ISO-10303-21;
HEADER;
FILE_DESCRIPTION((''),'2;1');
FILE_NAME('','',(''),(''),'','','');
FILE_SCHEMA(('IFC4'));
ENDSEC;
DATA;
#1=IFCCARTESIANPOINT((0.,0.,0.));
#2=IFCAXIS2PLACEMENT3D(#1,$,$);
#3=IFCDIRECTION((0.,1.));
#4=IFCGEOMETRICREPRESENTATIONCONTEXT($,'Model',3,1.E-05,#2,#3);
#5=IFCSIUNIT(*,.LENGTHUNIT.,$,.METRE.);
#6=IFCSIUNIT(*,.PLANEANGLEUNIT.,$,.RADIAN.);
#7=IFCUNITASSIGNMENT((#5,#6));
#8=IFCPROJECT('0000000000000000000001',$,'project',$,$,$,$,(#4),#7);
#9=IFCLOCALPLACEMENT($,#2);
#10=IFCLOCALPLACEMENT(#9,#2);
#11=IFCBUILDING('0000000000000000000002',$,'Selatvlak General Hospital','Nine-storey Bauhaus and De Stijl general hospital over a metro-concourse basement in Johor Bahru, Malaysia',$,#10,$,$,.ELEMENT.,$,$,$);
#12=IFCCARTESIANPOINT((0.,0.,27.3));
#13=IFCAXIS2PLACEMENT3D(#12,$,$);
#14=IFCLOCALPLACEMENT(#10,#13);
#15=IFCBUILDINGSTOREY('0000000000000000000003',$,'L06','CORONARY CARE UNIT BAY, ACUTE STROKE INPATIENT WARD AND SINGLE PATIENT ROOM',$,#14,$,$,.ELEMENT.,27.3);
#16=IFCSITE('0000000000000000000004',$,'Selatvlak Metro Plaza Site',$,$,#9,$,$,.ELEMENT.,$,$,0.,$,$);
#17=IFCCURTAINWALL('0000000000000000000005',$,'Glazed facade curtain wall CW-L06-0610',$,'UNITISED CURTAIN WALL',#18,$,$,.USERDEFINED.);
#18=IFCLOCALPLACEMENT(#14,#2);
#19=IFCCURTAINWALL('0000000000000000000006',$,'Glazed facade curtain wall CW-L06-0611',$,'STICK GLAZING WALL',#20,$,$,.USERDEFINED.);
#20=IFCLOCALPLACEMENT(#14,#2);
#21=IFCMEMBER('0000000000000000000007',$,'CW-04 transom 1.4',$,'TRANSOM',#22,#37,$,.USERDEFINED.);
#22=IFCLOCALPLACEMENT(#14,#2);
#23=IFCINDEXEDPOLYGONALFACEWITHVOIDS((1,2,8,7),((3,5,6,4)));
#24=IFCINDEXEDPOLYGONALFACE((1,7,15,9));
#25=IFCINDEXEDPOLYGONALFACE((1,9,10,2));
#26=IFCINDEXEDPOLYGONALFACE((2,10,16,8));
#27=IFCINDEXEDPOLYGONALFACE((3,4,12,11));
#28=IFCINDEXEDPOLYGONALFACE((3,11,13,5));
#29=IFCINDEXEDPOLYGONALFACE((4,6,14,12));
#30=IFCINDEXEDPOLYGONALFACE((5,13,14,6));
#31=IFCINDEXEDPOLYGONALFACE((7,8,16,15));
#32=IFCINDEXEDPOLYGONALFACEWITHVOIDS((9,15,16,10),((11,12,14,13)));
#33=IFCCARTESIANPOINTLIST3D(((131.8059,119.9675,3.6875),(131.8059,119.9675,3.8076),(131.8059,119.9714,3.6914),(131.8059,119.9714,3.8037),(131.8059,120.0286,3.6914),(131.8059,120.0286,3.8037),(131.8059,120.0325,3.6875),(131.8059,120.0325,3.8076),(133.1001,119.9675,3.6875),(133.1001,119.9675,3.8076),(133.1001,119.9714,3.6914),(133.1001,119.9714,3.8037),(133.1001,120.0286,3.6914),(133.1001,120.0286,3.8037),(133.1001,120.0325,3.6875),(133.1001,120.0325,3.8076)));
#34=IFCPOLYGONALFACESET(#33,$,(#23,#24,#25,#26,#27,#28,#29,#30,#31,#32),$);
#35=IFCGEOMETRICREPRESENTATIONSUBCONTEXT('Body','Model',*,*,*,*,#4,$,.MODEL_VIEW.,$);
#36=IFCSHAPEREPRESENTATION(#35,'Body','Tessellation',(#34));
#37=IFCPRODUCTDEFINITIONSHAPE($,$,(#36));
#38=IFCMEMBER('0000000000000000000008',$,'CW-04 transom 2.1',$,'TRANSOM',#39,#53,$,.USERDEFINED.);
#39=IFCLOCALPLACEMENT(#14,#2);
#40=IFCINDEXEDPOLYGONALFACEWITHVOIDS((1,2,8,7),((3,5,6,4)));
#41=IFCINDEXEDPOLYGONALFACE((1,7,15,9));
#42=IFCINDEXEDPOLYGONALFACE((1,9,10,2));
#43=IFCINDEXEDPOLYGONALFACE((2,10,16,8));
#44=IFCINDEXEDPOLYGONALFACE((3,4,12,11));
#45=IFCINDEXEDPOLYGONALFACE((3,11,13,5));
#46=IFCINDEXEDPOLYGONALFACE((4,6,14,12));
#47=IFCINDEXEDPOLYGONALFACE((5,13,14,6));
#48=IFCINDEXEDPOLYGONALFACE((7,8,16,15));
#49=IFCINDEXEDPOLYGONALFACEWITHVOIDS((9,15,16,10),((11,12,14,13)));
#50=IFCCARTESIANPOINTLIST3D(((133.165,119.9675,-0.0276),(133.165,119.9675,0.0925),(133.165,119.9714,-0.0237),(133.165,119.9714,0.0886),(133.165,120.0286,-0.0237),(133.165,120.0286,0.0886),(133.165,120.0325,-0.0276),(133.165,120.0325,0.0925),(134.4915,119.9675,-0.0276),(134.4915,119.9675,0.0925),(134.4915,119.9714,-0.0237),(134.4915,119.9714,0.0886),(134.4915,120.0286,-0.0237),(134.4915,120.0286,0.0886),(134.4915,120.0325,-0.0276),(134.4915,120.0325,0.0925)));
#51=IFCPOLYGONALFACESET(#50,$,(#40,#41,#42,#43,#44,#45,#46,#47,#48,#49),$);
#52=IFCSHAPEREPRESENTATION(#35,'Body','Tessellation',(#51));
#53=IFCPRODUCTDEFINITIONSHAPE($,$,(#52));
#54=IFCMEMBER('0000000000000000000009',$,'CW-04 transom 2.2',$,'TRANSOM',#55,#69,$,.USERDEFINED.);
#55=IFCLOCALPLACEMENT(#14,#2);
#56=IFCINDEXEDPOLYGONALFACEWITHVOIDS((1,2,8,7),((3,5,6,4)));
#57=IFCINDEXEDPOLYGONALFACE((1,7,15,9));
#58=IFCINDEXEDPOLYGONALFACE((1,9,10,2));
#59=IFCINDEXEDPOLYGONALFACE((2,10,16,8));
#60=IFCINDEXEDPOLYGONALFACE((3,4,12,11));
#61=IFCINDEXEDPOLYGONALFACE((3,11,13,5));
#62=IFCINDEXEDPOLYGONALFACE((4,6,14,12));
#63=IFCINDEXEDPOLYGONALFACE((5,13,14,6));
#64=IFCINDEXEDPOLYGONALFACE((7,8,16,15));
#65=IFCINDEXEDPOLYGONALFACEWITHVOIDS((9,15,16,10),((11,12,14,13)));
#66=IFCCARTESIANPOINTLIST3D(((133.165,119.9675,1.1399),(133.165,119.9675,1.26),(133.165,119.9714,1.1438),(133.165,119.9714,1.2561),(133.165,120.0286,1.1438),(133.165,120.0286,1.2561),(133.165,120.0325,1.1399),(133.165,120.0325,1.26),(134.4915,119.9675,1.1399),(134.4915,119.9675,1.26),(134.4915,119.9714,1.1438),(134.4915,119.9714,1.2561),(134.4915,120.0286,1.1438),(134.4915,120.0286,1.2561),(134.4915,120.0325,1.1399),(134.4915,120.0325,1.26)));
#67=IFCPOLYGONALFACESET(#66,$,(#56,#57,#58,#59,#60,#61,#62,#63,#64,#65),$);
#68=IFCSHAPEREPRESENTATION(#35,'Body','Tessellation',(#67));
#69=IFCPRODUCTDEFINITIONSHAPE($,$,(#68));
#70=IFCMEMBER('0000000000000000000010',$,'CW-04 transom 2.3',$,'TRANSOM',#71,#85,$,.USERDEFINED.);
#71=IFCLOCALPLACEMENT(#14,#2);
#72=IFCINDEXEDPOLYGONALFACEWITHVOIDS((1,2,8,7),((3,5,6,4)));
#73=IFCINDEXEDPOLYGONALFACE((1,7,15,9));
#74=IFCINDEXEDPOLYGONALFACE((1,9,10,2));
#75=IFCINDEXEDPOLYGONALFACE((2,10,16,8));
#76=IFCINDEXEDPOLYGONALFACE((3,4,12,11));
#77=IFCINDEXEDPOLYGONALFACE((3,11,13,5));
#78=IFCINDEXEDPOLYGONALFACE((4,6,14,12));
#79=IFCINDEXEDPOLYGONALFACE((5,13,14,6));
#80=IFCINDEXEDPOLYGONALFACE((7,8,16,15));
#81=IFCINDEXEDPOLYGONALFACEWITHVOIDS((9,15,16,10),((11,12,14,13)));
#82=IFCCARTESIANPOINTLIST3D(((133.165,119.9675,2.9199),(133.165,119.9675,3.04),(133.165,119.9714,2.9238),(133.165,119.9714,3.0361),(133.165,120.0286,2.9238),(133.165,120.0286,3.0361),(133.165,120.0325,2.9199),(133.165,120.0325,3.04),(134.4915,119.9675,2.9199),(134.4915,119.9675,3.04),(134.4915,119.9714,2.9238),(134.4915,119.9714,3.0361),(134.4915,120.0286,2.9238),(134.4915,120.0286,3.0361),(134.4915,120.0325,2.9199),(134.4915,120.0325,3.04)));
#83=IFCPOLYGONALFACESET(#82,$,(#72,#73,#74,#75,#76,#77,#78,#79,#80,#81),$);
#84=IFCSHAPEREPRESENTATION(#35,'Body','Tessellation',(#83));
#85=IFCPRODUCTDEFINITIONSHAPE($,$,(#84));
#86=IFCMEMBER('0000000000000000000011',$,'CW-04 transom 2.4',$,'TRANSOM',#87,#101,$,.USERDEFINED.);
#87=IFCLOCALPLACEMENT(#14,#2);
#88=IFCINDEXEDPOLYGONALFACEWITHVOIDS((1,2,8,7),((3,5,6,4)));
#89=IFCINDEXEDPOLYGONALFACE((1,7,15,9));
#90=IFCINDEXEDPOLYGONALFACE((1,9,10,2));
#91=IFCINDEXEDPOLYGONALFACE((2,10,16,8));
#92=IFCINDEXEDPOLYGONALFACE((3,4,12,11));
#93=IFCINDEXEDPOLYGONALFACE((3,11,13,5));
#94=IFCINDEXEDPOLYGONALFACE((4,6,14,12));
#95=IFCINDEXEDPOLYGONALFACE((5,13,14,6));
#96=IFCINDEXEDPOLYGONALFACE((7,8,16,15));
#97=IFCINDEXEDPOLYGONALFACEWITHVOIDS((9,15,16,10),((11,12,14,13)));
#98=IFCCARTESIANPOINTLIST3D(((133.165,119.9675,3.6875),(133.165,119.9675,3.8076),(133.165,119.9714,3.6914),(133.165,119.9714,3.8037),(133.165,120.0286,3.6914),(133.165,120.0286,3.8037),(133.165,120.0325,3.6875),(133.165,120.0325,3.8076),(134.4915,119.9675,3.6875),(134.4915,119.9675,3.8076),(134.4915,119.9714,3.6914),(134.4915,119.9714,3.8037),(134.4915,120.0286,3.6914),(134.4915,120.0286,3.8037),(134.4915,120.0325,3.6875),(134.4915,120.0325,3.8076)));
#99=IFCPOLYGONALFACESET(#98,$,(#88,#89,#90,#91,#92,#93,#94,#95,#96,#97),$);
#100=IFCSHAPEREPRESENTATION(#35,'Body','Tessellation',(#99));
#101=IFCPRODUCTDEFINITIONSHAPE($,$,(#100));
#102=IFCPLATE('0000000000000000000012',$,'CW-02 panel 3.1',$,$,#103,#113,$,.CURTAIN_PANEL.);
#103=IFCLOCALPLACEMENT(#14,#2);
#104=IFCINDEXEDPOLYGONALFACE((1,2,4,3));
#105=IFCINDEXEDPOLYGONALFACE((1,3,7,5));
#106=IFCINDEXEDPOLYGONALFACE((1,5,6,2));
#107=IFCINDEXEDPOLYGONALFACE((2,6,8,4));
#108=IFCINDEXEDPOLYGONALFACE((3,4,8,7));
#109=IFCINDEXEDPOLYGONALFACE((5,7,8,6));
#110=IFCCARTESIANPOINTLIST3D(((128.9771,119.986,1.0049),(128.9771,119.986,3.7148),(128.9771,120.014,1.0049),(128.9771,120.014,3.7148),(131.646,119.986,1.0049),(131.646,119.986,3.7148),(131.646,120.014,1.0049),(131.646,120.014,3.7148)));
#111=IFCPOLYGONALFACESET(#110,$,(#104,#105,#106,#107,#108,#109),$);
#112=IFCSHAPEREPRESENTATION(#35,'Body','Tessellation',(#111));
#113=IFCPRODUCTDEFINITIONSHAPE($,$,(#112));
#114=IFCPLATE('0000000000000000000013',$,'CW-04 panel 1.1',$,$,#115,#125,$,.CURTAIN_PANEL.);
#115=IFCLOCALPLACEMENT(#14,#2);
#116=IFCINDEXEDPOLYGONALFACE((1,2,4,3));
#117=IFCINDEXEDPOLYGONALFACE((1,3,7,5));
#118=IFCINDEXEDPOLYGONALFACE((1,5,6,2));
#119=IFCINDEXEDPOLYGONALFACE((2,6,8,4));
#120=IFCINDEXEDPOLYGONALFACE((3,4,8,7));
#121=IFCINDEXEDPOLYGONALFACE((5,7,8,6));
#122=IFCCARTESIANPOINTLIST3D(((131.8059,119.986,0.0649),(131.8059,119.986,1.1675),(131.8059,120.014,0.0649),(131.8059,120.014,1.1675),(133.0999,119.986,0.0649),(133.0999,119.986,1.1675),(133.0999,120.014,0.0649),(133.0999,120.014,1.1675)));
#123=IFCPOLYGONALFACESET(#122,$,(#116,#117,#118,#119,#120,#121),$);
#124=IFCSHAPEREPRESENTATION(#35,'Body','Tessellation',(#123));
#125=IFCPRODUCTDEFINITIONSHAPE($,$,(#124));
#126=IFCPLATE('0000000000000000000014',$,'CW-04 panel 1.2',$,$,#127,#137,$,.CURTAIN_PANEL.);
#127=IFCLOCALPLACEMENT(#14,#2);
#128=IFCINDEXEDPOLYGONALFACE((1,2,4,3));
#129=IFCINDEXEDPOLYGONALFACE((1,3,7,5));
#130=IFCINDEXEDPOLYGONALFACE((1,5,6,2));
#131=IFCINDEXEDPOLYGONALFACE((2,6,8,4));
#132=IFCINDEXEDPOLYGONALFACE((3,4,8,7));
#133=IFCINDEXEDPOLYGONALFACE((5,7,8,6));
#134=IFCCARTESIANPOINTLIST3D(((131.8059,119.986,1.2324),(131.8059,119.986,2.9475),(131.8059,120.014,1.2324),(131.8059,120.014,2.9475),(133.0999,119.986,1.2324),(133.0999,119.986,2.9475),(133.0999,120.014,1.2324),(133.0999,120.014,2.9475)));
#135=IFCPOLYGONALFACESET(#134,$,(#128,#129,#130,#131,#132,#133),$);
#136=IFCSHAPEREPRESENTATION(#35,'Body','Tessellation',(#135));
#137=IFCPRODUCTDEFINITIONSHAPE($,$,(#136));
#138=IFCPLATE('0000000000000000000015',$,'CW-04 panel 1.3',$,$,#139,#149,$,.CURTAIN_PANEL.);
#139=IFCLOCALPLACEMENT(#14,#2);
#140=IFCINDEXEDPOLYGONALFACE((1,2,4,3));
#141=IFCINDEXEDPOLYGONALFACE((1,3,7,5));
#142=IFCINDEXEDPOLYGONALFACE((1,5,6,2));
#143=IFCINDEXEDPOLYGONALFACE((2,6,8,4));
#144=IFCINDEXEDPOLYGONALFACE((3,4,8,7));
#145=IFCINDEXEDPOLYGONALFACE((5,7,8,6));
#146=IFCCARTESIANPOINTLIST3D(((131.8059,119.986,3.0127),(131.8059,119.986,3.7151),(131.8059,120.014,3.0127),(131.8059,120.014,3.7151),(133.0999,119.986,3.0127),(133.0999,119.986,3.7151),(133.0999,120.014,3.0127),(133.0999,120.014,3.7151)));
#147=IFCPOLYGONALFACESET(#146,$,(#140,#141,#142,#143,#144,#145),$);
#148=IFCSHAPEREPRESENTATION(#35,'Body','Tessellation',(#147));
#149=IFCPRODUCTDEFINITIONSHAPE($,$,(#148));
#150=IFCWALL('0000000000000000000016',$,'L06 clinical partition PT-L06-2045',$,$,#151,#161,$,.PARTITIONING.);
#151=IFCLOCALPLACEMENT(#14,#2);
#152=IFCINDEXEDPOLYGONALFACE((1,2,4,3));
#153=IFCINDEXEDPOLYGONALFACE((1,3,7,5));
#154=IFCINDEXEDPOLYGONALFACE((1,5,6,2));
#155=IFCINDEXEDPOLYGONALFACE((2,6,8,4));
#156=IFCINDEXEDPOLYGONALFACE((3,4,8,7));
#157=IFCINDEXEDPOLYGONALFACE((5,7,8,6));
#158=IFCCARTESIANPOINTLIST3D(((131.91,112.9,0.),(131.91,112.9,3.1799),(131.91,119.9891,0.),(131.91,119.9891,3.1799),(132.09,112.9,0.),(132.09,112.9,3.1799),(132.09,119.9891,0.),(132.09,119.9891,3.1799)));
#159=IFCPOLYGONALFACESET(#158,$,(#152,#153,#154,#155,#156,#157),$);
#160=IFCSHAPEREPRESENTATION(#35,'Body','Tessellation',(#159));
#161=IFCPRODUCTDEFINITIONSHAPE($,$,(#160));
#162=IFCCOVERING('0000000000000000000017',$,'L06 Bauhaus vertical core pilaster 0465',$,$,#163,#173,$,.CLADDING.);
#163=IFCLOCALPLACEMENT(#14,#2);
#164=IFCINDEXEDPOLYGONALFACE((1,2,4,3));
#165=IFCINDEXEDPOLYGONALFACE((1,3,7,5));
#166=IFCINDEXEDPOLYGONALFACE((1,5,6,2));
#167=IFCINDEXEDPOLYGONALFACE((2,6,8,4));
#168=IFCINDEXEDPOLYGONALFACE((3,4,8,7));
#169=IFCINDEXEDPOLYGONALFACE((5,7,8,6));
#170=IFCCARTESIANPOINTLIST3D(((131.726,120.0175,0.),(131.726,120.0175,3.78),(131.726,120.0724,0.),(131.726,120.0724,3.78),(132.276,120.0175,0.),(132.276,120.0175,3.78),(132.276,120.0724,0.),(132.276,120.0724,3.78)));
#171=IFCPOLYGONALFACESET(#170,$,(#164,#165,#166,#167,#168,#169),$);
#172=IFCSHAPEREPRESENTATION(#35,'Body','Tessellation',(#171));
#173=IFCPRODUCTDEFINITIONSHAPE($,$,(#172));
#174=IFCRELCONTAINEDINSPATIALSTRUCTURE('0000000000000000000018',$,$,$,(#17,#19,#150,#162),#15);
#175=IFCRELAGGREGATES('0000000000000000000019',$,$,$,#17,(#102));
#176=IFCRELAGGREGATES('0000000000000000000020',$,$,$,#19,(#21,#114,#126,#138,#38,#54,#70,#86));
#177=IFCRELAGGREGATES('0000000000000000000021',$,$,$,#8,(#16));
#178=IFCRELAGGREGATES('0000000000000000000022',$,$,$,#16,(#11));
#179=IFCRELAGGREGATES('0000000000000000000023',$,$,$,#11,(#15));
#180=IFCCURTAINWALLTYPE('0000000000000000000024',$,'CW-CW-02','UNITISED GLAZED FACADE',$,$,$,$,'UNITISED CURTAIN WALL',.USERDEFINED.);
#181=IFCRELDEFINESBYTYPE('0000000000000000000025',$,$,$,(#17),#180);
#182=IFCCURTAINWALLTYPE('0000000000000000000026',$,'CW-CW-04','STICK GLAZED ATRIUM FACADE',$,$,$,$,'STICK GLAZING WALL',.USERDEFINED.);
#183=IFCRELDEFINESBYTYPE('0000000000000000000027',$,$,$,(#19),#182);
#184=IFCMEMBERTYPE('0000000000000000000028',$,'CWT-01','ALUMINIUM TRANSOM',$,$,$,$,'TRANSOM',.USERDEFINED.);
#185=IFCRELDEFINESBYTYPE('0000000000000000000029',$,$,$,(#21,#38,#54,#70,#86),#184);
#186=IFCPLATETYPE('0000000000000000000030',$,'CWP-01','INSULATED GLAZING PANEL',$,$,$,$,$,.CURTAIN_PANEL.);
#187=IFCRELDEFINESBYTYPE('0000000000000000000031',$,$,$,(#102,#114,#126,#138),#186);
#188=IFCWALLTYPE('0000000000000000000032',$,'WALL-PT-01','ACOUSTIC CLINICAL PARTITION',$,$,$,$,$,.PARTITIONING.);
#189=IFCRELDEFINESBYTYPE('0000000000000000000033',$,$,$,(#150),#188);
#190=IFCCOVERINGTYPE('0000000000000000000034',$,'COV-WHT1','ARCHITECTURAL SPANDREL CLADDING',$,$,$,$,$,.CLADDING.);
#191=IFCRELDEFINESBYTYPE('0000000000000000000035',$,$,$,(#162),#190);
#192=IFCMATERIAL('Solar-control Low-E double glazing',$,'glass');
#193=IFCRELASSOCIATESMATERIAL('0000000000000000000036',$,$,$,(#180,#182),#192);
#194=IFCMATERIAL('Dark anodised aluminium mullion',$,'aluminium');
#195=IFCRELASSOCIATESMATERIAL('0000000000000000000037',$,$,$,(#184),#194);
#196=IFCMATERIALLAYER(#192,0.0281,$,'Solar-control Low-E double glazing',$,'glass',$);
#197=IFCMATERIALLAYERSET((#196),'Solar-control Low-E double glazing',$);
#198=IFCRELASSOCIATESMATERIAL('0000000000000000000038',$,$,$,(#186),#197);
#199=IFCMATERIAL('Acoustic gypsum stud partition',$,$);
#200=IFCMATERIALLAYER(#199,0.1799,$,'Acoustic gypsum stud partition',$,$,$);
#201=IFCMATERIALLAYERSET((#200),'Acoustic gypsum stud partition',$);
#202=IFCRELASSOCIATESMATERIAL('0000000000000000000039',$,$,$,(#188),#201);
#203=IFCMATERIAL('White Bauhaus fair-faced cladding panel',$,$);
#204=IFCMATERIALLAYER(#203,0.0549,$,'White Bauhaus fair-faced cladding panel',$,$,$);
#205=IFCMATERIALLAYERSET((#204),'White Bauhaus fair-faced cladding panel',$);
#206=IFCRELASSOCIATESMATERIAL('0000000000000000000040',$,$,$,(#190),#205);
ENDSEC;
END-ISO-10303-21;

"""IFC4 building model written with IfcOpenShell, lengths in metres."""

from ifc_helpers import new_model, si_unit, direction, frame, frame_2d, origin, origin_2d, place, context, subcontext, project, spatial, rectangle, hollow_rectangle, extrude, material, layer, layer_set, material_profile, profile_set, type_object, element, aggregate, save


model = new_model("IFC4")

# Units and contexts
model_context = context("Model", 3, precision=1e-05, world=origin(), true_north=direction((0.0, 1.0)))
body_context = subcontext(model_context, "Body", "Model", "MODEL_VIEW")
ifc_project = project(units=[si_unit("LENGTHUNIT", "METRE"), si_unit("PLANEANGLEUNIT", "RADIAN")], contexts=[model_context])

# Site, building, storey
site_placement = place(None, origin())
site = spatial("IfcSite", under=ifc_project, at=site_placement, Name="Selatvlak Metro Plaza Site", CompositionType="ELEMENT", RefElevation=0.0)
building_placement = place(site_placement, origin())
building = spatial("IfcBuilding", under=site, at=building_placement, Name="Selatvlak General Hospital", Description="Nine-storey Bauhaus and De Stijl general hospital over a metro-concourse basement in Johor Bahru, Malaysia", CompositionType="ELEMENT")
storey_placement = place(building_placement, frame((0.0, 0.0, 27.3)))
storey = spatial("IfcBuildingStorey", under=building, at=storey_placement, Name="L06", Description="CORONARY CARE UNIT BAY, ACUTE STROKE INPATIENT WARD AND SINGLE PATIENT ROOM", CompositionType="ELEMENT", Elevation=27.3)

# Curtain wall
ifc_material_1 = material(Name="Solar-control Low-E double glazing", Category="glass")
curtain_wall_type_1 = type_object("IfcCurtainWallType", Name="CW-CW-02", Description="UNITISED GLAZED FACADE", ElementType="UNITISED CURTAIN WALL", PredefinedType="USERDEFINED", material=ifc_material_1)
curtain_wall_1_placement = place(storey_placement, origin())
curtain_wall_1 = element("IfcCurtainWall", 1, at=curtain_wall_1_placement, inside=storey, type_object=curtain_wall_type_1, Name="Glazed facade curtain wall CW-L06-0610", ObjectType="UNITISED CURTAIN WALL", PredefinedType="USERDEFINED")
ifc_material_2 = material(Name="Dark anodised aluminium mullion", Category="aluminium")

# Curtain wall, members
curtain_wall_type_2 = type_object("IfcCurtainWallType", Name="CW-CW-04", Description="STICK GLAZED ATRIUM FACADE", ElementType="STICK GLAZING WALL", PredefinedType="USERDEFINED", material=ifc_material_1)
curtain_wall_2_placement = place(storey_placement, origin())
curtain_wall_2 = element("IfcCurtainWall", 2, at=curtain_wall_2_placement, inside=storey, type_object=curtain_wall_type_2, Name="Glazed facade curtain wall CW-L06-0611", ObjectType="STICK GLAZING WALL", PredefinedType="USERDEFINED")
ifc_material_profile_1 = material_profile(ifc_material_2, hollow_rectangle(XDim=0.0649, YDim=0.1201, WallThickness=0.0039, at=origin_2d()), Name="AL-TRN 65x120x4")
ifc_profile_set_1 = profile_set([ifc_material_profile_1], Name="Dark anodised aluminium mullion")
member_type_1 = type_object("IfcMemberType", Name="CWT-01", Description="ALUMINIUM TRANSOM", ElementType="TRANSOM", PredefinedType="USERDEFINED", material=ifc_profile_set_1)
member_1_placement = place(storey_placement, frame((131.8059, 120.0, 3.7476), z_axis=(1.0, 0.0, 0.0), x_axis=(0.0, 1.0, 0.0)))
member_1 = element("IfcMember", 3, at=member_1_placement, type_object=member_type_1, Name="CW-04 transom 1.4", ObjectType="TRANSOM", PredefinedType="USERDEFINED", context=body_context, shape_type="SweptSolid", body=[
    extrude(hollow_rectangle(XDim=0.0649, YDim=0.1201, WallThickness=0.0039, at=origin_2d()), origin(), (0.0, 0.0, 1.0), 1.2942),
])
member_2_placement = place(storey_placement, frame((133.165, 120.0, 0.0325), z_axis=(1.0, 0.0, 0.0), x_axis=(0.0, 1.0, 0.0)))
member_2 = element("IfcMember", 4, at=member_2_placement, type_object=member_type_1, Name="CW-04 transom 2.1", ObjectType="TRANSOM", PredefinedType="USERDEFINED", context=body_context, shape_type="SweptSolid", body=[
    extrude(hollow_rectangle(XDim=0.0649, YDim=0.1201, WallThickness=0.0039, at=origin_2d()), origin(), (0.0, 0.0, 1.0), 1.3264),
])
member_3_placement = place(storey_placement, frame((133.165, 120.0, 1.2), z_axis=(1.0, 0.0, 0.0), x_axis=(0.0, 1.0, 0.0)))
member_3 = element("IfcMember", 5, at=member_3_placement, type_object=member_type_1, Name="CW-04 transom 2.2", ObjectType="TRANSOM", PredefinedType="USERDEFINED", context=body_context, shape_type="SweptSolid", body=[
    extrude(hollow_rectangle(XDim=0.0649, YDim=0.1201, WallThickness=0.0039, at=origin_2d()), origin(), (0.0, 0.0, 1.0), 1.3264),
])
member_4_placement = place(storey_placement, frame((133.165, 120.0, 2.98), z_axis=(1.0, 0.0, 0.0), x_axis=(0.0, 1.0, 0.0)))
member_4 = element("IfcMember", 6, at=member_4_placement, type_object=member_type_1, Name="CW-04 transom 2.3", ObjectType="TRANSOM", PredefinedType="USERDEFINED", context=body_context, shape_type="SweptSolid", body=[
    extrude(hollow_rectangle(XDim=0.0649, YDim=0.1201, WallThickness=0.0039, at=origin_2d()), origin(), (0.0, 0.0, 1.0), 1.3264),
])
member_5_placement = place(storey_placement, frame((133.165, 120.0, 3.7476), z_axis=(1.0, 0.0, 0.0), x_axis=(0.0, 1.0, 0.0)))
member_5 = element("IfcMember", 7, at=member_5_placement, type_object=member_type_1, Name="CW-04 transom 2.4", ObjectType="TRANSOM", PredefinedType="USERDEFINED", context=body_context, shape_type="SweptSolid", body=[
    extrude(hollow_rectangle(XDim=0.0649, YDim=0.1201, WallThickness=0.0039, at=origin_2d()), origin(), (0.0, 0.0, 1.0), 1.3264),
])

# Plates
ifc_layer_1 = layer(ifc_material_1, 0.0281, Name="Solar-control Low-E double glazing", Category="glass")
ifc_layer_set_1 = layer_set([ifc_layer_1], Name="Solar-control Low-E double glazing")
plate_type = type_object("IfcPlateType", Name="CWP-01", Description="INSULATED GLAZING PANEL", PredefinedType="CURTAIN_PANEL", material=ifc_layer_set_1)
plate_1_placement = place(storey_placement, frame((130.3115, 120.0, 1.0049), z_axis=(0.0, 0.0, 1.0), x_axis=(1.0, 0.0, 0.0)))
plate_1 = element("IfcPlate", 8, at=plate_1_placement, type_object=plate_type, Name="CW-02 panel 3.1", PredefinedType="CURTAIN_PANEL", context=body_context, shape_type="SweptSolid", body=[
    extrude(rectangle(XDim=2.6689, YDim=0.0281, at=origin_2d()), origin(), (0.0, 0.0, 1.0), 2.71),
])
aggregate(curtain_wall_1, [plate_1])
plate_2_placement = place(storey_placement, frame((132.4529, 120.0, 0.0649), z_axis=(0.0, 0.0, 1.0), x_axis=(1.0, 0.0, 0.0)))
plate_2 = element("IfcPlate", 9, at=plate_2_placement, type_object=plate_type, Name="CW-04 panel 1.1", PredefinedType="CURTAIN_PANEL", context=body_context, shape_type="SweptSolid", body=[
    extrude(rectangle(XDim=1.2939, YDim=0.0281, at=origin_2d()), origin(), (0.0, 0.0, 1.0), 1.1025),
])
plate_3_placement = place(storey_placement, frame((132.4529, 120.0, 1.2324), z_axis=(0.0, 0.0, 1.0), x_axis=(1.0, 0.0, 0.0)))
plate_3 = element("IfcPlate", 10, at=plate_3_placement, type_object=plate_type, Name="CW-04 panel 1.2", PredefinedType="CURTAIN_PANEL", context=body_context, shape_type="SweptSolid", body=[
    extrude(rectangle(XDim=1.2939, YDim=0.0281, at=origin_2d()), origin(), (0.0, 0.0, 1.0), 1.7151),
])
plate_4_placement = place(storey_placement, frame((132.4529, 120.0, 3.0127), z_axis=(0.0, 0.0, 1.0), x_axis=(1.0, 0.0, 0.0)))
plate_4 = element("IfcPlate", 11, at=plate_4_placement, type_object=plate_type, Name="CW-04 panel 1.3", PredefinedType="CURTAIN_PANEL", context=body_context, shape_type="SweptSolid", body=[
    extrude(rectangle(XDim=1.2939, YDim=0.0281, at=origin_2d()), origin(), (0.0, 0.0, 1.0), 0.7024),
])
aggregate(curtain_wall_2, [member_1, plate_2, plate_3, plate_4, member_2, member_3, member_4, member_5])

# Wall
ifc_material_3 = material(Name="Acoustic gypsum stud partition")
ifc_layer_2 = layer(ifc_material_3, 0.1799, Name="Acoustic gypsum stud partition")
ifc_layer_set_2 = layer_set([ifc_layer_2], Name="Acoustic gypsum stud partition")
wall_type = type_object("IfcWallType", Name="WALL-PT-01", Description="ACOUSTIC CLINICAL PARTITION", PredefinedType="PARTITIONING", material=ifc_layer_set_2)
wall_placement = place(storey_placement, frame((132.0, 119.989, 0.0), z_axis=(0.0, 0.0, 1.0), x_axis=(0.0, -1.0, 0.0)))
element("IfcWall", 12, at=wall_placement, inside=storey, type_object=wall_type, Name="L06 clinical partition PT-L06-2045", PredefinedType="PARTITIONING", context=body_context, shape_type="SweptSolid", body=[
    extrude(rectangle(XDim=7.0891, YDim=0.1799, at=frame_2d((3.5444, 0.0))), origin(), (0.0, 0.0, 1.0), 3.1799),
])

# Covering
ifc_material_4 = material(Name="White Bauhaus fair-faced cladding panel")
ifc_layer_3 = layer(ifc_material_4, 0.0549, Name="White Bauhaus fair-faced cladding panel")
ifc_layer_set_3 = layer_set([ifc_layer_3], Name="White Bauhaus fair-faced cladding panel")
covering_type = type_object("IfcCoveringType", Name="COV-WHT1", Description="ARCHITECTURAL SPANDREL CLADDING", PredefinedType="CLADDING", material=ifc_layer_set_3)
covering_placement = place(storey_placement, frame((132.001, 120.0449, 0.0), z_axis=(0.0, 0.0, 1.0), x_axis=(1.0, 0.0, 0.0)))
element("IfcCovering", 13, at=covering_placement, inside=storey, type_object=covering_type, Name="L06 Bauhaus vertical core pilaster 0465", PredefinedType="CLADDING", context=body_context, shape_type="SweptSolid", body=[
    extrude(rectangle(XDim=0.55, YDim=0.0549, at=origin_2d()), origin(), (0.0, 0.0, 1.0), 3.78),
])

save(model, "model.ifc")
